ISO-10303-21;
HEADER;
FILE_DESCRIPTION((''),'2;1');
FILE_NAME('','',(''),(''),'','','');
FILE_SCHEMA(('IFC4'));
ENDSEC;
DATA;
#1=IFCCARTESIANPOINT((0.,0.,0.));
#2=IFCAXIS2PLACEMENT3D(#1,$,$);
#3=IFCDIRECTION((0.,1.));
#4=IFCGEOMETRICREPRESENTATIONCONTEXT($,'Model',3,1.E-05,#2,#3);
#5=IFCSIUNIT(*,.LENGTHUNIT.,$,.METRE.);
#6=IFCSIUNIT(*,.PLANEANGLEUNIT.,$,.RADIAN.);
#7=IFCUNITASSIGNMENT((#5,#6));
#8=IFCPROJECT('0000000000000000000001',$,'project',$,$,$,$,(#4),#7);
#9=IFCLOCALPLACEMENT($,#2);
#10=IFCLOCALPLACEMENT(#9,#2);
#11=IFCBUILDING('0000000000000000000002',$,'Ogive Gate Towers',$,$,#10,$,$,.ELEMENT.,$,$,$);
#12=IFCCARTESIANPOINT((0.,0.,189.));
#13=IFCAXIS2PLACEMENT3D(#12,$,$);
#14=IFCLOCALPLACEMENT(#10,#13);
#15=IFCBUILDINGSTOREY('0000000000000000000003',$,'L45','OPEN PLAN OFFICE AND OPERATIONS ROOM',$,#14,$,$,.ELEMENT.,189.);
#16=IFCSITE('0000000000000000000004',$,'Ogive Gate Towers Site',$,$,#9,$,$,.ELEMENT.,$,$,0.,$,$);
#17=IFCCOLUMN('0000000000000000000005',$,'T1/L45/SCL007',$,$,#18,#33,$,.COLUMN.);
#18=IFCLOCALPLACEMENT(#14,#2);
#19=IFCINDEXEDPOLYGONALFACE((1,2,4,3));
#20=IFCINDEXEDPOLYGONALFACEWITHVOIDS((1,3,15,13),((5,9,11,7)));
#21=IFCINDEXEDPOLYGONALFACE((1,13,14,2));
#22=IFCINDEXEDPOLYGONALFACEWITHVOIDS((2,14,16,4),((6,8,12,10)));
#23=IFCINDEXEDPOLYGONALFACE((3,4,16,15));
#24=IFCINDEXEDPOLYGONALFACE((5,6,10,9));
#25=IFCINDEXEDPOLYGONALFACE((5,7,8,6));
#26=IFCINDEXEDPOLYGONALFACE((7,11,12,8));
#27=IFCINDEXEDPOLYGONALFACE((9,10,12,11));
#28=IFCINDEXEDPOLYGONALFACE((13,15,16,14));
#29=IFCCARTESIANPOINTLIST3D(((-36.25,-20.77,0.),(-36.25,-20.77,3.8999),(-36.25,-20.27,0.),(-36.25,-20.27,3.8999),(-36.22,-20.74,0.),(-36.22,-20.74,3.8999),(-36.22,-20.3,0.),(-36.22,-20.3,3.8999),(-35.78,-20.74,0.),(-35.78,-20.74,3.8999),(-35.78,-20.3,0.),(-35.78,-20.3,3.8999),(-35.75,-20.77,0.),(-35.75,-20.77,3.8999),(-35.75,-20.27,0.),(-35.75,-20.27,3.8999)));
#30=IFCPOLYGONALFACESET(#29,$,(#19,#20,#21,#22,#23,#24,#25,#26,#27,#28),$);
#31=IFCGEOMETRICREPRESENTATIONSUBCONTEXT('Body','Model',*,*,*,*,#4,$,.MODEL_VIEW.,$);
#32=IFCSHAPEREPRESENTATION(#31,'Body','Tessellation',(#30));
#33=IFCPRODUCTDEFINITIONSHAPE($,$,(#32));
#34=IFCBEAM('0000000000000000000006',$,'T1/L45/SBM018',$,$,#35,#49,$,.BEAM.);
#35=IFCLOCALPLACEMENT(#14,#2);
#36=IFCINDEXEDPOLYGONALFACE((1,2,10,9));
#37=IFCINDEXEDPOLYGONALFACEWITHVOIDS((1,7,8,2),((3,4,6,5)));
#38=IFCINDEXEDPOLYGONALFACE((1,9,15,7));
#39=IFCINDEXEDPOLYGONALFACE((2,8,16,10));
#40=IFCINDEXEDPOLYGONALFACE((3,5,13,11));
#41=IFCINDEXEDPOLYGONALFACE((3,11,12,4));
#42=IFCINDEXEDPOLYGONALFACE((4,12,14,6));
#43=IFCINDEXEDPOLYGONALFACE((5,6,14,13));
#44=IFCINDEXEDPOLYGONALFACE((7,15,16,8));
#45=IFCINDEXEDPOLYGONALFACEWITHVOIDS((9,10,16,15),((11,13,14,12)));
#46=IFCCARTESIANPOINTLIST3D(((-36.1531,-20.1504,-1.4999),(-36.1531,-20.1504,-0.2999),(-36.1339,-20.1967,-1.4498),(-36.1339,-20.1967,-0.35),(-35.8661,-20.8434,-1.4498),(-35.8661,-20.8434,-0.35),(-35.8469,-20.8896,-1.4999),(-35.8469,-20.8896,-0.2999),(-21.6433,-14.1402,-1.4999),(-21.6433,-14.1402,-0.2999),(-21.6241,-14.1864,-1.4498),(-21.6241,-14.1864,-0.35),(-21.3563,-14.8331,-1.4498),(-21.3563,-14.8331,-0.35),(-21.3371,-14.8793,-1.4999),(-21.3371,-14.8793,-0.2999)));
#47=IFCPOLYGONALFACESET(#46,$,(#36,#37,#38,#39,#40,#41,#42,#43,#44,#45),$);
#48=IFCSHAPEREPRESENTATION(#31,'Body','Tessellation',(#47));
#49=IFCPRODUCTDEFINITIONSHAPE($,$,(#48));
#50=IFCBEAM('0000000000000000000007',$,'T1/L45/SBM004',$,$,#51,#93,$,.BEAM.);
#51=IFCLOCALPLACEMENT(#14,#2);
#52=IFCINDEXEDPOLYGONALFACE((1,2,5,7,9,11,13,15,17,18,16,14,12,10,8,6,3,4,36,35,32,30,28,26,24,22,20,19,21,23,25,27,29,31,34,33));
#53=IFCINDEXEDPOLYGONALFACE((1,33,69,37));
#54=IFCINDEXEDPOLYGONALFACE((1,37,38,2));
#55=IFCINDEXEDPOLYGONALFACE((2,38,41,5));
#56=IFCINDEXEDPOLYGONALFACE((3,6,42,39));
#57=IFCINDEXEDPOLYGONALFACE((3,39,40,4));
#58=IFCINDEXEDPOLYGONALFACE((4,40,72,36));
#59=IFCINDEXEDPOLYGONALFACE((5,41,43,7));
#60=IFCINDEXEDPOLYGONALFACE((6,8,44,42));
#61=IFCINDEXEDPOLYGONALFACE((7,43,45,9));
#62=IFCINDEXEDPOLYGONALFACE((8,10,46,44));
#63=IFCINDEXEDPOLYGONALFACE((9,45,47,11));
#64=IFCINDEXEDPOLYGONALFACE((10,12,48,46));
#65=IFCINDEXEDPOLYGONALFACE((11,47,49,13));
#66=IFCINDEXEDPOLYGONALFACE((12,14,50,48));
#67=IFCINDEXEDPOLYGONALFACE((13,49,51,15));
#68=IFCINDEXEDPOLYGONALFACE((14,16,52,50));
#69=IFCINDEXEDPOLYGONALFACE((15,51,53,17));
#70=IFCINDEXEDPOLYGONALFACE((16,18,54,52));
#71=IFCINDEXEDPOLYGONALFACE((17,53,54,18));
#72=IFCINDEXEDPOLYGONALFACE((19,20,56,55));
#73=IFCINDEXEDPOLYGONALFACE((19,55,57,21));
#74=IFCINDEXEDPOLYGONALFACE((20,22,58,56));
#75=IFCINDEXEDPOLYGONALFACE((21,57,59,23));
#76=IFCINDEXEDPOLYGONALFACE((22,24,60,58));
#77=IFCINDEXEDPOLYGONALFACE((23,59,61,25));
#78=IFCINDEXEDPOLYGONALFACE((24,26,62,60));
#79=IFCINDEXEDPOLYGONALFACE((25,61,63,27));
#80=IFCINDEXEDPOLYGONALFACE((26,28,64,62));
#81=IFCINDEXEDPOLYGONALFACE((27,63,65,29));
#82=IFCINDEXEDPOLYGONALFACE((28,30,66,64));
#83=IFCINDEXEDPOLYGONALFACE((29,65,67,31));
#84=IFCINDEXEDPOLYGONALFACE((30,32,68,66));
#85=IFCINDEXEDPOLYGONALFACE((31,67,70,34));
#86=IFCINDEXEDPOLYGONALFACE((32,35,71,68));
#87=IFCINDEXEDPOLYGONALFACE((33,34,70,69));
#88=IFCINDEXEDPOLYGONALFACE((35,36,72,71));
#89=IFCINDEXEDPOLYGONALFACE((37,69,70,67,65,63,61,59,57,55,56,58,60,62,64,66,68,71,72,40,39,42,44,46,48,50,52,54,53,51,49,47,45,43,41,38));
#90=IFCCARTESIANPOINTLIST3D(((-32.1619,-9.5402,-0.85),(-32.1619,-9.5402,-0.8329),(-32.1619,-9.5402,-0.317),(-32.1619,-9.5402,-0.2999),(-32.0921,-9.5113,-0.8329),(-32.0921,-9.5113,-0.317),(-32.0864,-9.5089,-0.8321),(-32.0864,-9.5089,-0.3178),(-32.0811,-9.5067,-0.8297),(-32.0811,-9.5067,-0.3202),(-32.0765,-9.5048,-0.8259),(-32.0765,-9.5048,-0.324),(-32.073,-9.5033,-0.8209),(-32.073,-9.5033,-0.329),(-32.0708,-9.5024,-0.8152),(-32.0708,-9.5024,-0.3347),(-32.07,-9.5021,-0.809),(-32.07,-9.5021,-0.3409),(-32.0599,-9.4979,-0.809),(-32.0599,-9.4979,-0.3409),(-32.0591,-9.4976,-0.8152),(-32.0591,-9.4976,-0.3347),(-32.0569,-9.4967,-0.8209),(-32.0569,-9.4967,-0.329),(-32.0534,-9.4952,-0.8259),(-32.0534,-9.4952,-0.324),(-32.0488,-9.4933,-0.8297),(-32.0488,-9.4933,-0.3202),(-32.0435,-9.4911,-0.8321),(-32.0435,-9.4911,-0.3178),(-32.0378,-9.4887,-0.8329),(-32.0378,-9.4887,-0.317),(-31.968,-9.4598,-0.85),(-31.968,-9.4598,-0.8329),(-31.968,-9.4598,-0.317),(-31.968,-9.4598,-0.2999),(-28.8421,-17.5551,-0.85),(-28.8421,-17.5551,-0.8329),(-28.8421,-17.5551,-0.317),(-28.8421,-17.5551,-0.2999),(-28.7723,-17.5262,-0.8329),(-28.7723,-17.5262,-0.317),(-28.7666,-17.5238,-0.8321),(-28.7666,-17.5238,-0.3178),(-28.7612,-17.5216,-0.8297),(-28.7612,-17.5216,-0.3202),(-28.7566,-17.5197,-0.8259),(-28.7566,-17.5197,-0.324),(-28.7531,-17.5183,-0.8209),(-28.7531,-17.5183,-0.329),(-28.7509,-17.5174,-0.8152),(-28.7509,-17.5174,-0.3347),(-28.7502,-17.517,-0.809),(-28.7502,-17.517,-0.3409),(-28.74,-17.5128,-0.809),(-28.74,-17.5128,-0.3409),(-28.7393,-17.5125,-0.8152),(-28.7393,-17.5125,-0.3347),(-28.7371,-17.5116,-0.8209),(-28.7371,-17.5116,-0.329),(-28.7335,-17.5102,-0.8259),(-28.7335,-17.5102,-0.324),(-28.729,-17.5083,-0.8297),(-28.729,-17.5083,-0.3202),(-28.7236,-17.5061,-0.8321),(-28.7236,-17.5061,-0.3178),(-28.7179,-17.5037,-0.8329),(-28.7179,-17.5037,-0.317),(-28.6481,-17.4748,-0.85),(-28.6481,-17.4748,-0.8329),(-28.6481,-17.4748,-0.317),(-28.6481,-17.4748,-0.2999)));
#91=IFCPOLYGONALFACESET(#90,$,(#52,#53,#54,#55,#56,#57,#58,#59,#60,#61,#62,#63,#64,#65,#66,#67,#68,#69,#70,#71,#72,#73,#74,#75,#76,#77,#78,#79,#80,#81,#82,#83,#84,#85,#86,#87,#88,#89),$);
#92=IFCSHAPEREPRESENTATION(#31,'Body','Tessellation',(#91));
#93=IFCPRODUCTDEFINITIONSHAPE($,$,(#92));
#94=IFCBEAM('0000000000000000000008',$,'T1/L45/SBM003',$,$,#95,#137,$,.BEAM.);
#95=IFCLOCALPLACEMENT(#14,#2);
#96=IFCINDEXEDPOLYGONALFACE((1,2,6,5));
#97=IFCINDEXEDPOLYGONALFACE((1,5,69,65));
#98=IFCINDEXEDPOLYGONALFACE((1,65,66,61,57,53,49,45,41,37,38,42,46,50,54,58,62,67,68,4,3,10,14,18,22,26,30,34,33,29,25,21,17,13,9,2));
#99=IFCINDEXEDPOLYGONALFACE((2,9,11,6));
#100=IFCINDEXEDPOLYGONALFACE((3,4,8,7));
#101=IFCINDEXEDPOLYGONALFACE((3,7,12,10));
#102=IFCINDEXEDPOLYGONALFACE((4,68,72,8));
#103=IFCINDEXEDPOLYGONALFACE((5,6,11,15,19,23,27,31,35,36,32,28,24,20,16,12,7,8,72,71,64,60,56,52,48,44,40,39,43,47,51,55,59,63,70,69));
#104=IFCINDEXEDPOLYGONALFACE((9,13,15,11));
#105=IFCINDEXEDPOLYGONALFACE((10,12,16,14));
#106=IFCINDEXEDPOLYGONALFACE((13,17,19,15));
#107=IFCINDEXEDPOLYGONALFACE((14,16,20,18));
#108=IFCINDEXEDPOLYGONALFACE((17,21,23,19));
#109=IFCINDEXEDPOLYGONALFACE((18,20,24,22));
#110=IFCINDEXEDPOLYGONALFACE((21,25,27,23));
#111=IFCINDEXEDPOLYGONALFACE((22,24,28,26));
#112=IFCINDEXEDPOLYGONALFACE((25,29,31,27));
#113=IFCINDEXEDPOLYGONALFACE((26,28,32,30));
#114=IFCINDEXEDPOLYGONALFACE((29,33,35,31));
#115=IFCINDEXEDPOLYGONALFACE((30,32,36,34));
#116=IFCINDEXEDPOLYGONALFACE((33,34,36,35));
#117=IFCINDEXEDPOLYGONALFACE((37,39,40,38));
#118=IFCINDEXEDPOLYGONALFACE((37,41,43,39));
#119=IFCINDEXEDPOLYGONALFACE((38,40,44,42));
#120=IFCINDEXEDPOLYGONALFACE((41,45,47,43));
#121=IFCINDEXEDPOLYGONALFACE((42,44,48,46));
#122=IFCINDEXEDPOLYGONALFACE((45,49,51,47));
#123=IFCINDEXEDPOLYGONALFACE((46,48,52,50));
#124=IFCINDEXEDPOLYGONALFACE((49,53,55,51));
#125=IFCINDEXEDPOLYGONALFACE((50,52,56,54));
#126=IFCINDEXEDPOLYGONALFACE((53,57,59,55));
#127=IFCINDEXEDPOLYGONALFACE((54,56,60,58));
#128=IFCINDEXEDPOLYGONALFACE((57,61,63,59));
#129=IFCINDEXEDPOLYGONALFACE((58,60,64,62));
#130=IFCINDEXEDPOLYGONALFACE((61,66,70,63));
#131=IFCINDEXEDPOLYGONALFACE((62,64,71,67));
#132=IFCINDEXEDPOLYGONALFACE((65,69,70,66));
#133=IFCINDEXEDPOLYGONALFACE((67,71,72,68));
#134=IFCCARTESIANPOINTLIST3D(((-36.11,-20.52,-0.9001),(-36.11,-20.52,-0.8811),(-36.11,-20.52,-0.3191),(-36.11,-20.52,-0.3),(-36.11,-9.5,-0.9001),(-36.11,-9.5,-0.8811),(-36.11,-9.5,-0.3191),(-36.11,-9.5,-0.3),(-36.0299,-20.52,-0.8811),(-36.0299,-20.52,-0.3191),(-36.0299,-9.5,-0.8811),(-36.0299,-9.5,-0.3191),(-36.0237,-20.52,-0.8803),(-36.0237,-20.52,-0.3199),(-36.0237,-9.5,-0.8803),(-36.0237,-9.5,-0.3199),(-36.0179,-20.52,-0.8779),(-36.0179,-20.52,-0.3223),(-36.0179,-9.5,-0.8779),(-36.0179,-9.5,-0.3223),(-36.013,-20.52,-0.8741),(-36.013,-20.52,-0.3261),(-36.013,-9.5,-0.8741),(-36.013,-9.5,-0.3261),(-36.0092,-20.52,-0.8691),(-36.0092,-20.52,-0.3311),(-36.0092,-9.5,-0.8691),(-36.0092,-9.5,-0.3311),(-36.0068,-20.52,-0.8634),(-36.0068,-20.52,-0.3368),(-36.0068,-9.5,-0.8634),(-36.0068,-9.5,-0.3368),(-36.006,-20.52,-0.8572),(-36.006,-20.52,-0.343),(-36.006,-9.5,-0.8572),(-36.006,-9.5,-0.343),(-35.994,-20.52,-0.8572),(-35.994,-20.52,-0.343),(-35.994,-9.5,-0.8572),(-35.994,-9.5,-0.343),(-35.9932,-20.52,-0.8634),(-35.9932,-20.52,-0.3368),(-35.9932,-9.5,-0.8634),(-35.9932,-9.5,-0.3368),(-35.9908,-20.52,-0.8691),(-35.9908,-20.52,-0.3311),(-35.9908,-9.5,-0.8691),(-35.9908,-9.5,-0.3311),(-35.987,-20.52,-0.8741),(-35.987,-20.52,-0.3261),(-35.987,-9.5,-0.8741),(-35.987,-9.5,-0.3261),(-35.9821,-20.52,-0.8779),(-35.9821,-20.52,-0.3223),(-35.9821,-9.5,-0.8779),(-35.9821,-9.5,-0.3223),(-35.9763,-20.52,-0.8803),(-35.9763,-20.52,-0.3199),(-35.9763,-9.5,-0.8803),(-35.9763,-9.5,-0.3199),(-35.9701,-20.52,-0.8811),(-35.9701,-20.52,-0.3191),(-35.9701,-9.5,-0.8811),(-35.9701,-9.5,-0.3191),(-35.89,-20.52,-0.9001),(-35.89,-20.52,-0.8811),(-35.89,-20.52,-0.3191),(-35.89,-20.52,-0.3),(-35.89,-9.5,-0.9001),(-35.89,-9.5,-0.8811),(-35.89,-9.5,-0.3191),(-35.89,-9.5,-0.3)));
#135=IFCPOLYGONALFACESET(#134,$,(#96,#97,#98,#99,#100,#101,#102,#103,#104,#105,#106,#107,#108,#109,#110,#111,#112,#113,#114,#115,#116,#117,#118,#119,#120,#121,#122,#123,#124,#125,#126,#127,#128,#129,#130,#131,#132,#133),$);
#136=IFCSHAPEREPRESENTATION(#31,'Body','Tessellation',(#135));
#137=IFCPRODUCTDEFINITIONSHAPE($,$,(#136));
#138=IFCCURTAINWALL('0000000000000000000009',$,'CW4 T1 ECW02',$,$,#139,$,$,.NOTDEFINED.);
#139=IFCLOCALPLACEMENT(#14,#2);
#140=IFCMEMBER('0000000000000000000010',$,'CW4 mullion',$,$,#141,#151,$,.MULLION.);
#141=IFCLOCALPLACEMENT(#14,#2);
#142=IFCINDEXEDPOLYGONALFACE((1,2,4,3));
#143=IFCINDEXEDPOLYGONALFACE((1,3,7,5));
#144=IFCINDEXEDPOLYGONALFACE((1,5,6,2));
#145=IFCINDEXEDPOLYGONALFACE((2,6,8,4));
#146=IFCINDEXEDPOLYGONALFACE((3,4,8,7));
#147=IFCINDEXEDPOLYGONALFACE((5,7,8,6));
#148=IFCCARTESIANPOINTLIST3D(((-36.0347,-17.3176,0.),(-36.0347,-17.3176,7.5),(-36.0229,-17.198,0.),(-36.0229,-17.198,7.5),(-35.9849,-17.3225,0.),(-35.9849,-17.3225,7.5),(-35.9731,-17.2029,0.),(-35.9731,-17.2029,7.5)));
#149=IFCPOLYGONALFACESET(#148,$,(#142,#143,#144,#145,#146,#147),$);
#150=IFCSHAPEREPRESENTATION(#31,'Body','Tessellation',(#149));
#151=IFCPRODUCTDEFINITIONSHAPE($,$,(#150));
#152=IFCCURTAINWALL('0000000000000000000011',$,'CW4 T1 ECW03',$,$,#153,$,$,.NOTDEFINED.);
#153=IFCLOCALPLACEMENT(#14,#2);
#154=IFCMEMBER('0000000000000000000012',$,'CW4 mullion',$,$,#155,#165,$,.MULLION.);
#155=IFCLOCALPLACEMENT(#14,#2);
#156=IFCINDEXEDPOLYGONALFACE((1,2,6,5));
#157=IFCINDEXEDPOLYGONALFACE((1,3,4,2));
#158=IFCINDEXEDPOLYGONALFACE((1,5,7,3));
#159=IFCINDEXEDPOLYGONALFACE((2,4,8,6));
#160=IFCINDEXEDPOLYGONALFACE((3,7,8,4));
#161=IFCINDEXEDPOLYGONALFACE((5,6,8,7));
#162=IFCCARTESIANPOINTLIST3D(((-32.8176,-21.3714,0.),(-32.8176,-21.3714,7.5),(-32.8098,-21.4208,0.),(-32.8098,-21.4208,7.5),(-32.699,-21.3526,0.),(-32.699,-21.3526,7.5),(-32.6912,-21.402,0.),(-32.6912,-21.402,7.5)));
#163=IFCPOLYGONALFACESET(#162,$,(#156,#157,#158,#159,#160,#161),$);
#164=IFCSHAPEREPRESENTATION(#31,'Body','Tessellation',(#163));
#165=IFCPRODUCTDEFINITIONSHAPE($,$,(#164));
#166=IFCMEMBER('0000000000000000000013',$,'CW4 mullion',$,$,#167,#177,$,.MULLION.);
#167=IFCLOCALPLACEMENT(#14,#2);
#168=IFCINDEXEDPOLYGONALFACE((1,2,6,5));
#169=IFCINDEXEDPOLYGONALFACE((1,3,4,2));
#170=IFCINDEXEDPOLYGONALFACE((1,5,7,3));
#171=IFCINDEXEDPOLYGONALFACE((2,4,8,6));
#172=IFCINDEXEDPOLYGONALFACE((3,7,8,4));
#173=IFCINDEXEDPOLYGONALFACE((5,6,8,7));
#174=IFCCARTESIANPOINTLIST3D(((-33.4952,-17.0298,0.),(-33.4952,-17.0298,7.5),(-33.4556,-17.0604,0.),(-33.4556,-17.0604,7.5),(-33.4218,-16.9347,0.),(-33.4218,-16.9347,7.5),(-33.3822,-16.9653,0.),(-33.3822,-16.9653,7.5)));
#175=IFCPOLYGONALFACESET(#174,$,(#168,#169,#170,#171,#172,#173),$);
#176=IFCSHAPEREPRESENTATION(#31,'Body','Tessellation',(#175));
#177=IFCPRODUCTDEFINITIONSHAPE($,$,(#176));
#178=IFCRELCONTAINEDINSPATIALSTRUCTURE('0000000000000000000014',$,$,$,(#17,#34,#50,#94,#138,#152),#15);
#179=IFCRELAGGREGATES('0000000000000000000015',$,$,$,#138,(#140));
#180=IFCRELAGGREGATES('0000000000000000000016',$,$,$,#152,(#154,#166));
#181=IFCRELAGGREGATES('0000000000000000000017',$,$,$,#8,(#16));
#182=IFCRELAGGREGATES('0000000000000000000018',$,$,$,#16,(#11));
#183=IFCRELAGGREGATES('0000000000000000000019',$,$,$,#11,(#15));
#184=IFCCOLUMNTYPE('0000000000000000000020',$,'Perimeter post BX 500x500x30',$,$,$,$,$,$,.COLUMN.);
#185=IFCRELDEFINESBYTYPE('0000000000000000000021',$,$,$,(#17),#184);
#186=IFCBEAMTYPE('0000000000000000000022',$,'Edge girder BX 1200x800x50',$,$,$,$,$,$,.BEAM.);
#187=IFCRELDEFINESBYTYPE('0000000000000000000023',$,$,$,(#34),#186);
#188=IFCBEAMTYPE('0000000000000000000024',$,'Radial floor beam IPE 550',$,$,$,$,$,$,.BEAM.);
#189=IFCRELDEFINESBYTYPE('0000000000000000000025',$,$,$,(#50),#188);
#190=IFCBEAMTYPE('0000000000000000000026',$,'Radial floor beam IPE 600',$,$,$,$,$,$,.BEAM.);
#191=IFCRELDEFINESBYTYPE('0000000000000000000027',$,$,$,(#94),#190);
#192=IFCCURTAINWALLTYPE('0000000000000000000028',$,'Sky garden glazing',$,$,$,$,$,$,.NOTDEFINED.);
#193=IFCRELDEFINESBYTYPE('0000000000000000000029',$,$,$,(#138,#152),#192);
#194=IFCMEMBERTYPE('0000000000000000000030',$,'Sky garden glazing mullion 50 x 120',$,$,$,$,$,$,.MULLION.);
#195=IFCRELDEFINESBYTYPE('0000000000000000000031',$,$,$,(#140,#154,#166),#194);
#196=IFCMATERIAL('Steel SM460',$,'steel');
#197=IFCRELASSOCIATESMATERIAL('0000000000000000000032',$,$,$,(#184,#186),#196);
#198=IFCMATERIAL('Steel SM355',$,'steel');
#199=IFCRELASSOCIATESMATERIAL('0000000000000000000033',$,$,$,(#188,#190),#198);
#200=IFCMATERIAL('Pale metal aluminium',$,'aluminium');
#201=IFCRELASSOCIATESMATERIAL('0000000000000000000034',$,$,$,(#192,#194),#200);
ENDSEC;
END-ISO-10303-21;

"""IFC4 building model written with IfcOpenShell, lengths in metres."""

from ifc_helpers import new_model, si_unit, direction, frame, origin, origin_2d, place, context, subcontext, project, spatial, rectangle, hollow_rectangle, i_section, extrude, material, material_profile, profile_set, type_object, element, aggregate, save


model = new_model("IFC4")

# Units and contexts
model_context = context("Model", 3, precision=1e-05, world=origin(), true_north=direction((0.0, 1.0)))
body_context = subcontext(model_context, "Body", "Model", "MODEL_VIEW")
ifc_project = project(units=[si_unit("LENGTHUNIT", "METRE"), si_unit("PLANEANGLEUNIT", "RADIAN")], contexts=[model_context])

# Site, building, storey
site_placement = place(None, origin())
site = spatial("IfcSite", under=ifc_project, at=site_placement, Name="Ogive Gate Towers Site", CompositionType="ELEMENT", RefElevation=0.0)
building_placement = place(site_placement, origin())
building = spatial("IfcBuilding", under=site, at=building_placement, Name="Ogive Gate Towers", CompositionType="ELEMENT")
storey_placement = place(building_placement, frame((0.0, 0.0, 189.0)))
storey = spatial("IfcBuildingStorey", under=building, at=storey_placement, Name="L45", Description="OPEN PLAN OFFICE AND OPERATIONS ROOM", CompositionType="ELEMENT", Elevation=189.0)

# Column
ifc_material_1 = material(Name="Steel SM460", Category="steel")
ifc_material_profile_1 = material_profile(ifc_material_1, hollow_rectangle(XDim=0.5, YDim=0.5, WallThickness=0.03, at=origin_2d()), Name="BX 500x500x30")
ifc_profile_set_1 = profile_set([ifc_material_profile_1], Name="Steel SM460")
column_type = type_object("IfcColumnType", Name="Perimeter post BX 500x500x30", PredefinedType="COLUMN", material=ifc_profile_set_1)
column_placement = place(storey_placement, frame((-36.0, -20.52, 0.0), z_axis=(0.0, 0.0, 1.0), x_axis=(1.0, 0.0, 0.0)))
element("IfcColumn", 1, at=column_placement, inside=storey, type_object=column_type, Name="T1/L45/SCL007", PredefinedType="COLUMN", context=body_context, shape_type="SweptSolid", body=[
    extrude(hollow_rectangle(XDim=0.5, YDim=0.5, WallThickness=0.03, at=origin_2d()), origin(), (0.0, 0.0, 1.0), 3.8999),
])

# Beams
ifc_material_profile_2 = material_profile(ifc_material_1, hollow_rectangle(XDim=0.8, YDim=1.2, WallThickness=0.05, at=origin_2d()), Name="BX 1200x800x50")
ifc_profile_set_2 = profile_set([ifc_material_profile_2], Name="Steel SM460")
beam_type_1 = type_object("IfcBeamType", Name="Edge girder BX 1200x800x50", PredefinedType="BEAM", material=ifc_profile_set_2)
beam_1_placement = place(storey_placement, frame((-36.0, -20.52, -0.8999), z_axis=(0.923877, 0.38269, 0.0), x_axis=(-0.38269, 0.923877, 0.0)))
element("IfcBeam", 2, at=beam_1_placement, inside=storey, type_object=beam_type_1, Name="T1/L45/SBM018", PredefinedType="BEAM", context=body_context, shape_type="SweptSolid", body=[
    extrude(hollow_rectangle(XDim=0.8, YDim=1.2, WallThickness=0.05, at=origin_2d()), origin(), (0.0, 0.0, 1.0), 15.7053),
])
ifc_material_2 = material(Name="Steel SM355", Category="steel")
ifc_material_profile_3 = material_profile(ifc_material_2, i_section(OverallWidth=0.21, OverallDepth=0.55, WebThickness=0.011, FlangeThickness=0.0171, FilletRadius=0.0239, at=origin_2d()), Name="IPE 550")
ifc_profile_set_3 = profile_set([ifc_material_profile_3], Name="Steel SM355")
beam_type_2 = type_object("IfcBeamType", Name="Radial floor beam IPE 550", PredefinedType="BEAM", material=ifc_profile_set_3)
beam_2_placement = place(storey_placement, frame((-32.0649, -9.5, -0.575), z_axis=(0.382678, -0.923882, 0.0), x_axis=(0.923882, 0.382678, 0.0)))
element("IfcBeam", 3, at=beam_2_placement, inside=storey, type_object=beam_type_2, Name="T1/L45/SBM004", PredefinedType="BEAM", context=body_context, shape_type="SweptSolid", body=[
    extrude(i_section(OverallWidth=0.21, OverallDepth=0.55, WebThickness=0.011, FlangeThickness=0.0171, FilletRadius=0.0239, at=origin_2d()), origin(), (0.0, 0.0, 1.0), 8.6753),
])
ifc_material_profile_4 = material_profile(ifc_material_2, i_section(OverallWidth=0.22, OverallDepth=0.6001, WebThickness=0.012, FlangeThickness=0.019, FilletRadius=0.0239, at=origin_2d()), Name="IPE 600")
ifc_profile_set_4 = profile_set([ifc_material_profile_4], Name="Steel SM355")
beam_type_3 = type_object("IfcBeamType", Name="Radial floor beam IPE 600", PredefinedType="BEAM", material=ifc_profile_set_4)
beam_3_placement = place(storey_placement, frame((-36.0, -9.5, -0.6001), z_axis=(0.0, -1.0, 0.0), x_axis=(1.0, 0.0, 0.0)))
element("IfcBeam", 4, at=beam_3_placement, inside=storey, type_object=beam_type_3, Name="T1/L45/SBM003", PredefinedType="BEAM", context=body_context, shape_type="SweptSolid", body=[
    extrude(i_section(OverallWidth=0.22, OverallDepth=0.6001, WebThickness=0.012, FlangeThickness=0.019, FilletRadius=0.0239, at=origin_2d()), origin(), (0.0, 0.0, 1.0), 11.02),
])

# Curtain wall, member
ifc_material_3 = material(Name="Pale metal aluminium", Category="aluminium")
curtain_wall_type_1 = type_object("IfcCurtainWallType", Name="Sky garden glazing", PredefinedType="NOTDEFINED", material=ifc_material_3)
curtain_wall_1_placement = place(storey_placement, origin())
curtain_wall_1 = element("IfcCurtainWall", 5, at=curtain_wall_1_placement, inside=storey, type_object=curtain_wall_type_1, Name="CW4 T1 ECW02", PredefinedType="NOTDEFINED")
ifc_material_profile_5 = material_profile(ifc_material_3, rectangle(XDim=0.1201, YDim=0.05, at=origin_2d()), Name="50 x 120 aluminium box")
ifc_profile_set_5 = profile_set([ifc_material_profile_5], Name="Pale metal aluminium")
member_type_1 = type_object("IfcMemberType", Name="Sky garden glazing mullion 50 x 120", PredefinedType="MULLION", material=ifc_profile_set_5)
member_1_placement = place(storey_placement, frame((-36.0039, -17.2603, 0.0), z_axis=(0.0, 0.0, 1.0), x_axis=(0.098017, 0.995185, 0.0)))
member_1 = element("IfcMember", 6, at=member_1_placement, type_object=member_type_1, Name="CW4 mullion", PredefinedType="MULLION", context=body_context, shape_type="SweptSolid", body=[
    extrude(rectangle(XDim=0.1201, YDim=0.05, at=origin_2d()), origin(), (0.0, 0.0, 1.0), 7.5),
])

# Curtain wall, members
curtain_wall_2_placement = place(storey_placement, origin())
curtain_wall_2 = element("IfcCurtainWall", 7, at=curtain_wall_2_placement, inside=storey, type_object=curtain_wall_type_1, Name="CW4 T1 ECW03", PredefinedType="NOTDEFINED")
member_2_placement = place(storey_placement, frame((-32.7544, -21.3867, 0.0), z_axis=(0.0, 0.0, 1.0), x_axis=(0.987688, 0.156434, 0.0)))
member_2 = element("IfcMember", 8, at=member_2_placement, type_object=member_type_1, Name="CW4 mullion", PredefinedType="MULLION", context=body_context, shape_type="SweptSolid", body=[
    extrude(rectangle(XDim=0.1201, YDim=0.05, at=origin_2d()), origin(), (0.0, 0.0, 1.0), 7.5),
])
member_3_placement = place(storey_placement, frame((-33.4387, -16.9976, 0.0), z_axis=(0.0, 0.0, 1.0), x_axis=(0.611361, 0.791352, 0.0)))
member_3 = element("IfcMember", 9, at=member_3_placement, type_object=member_type_1, Name="CW4 mullion", PredefinedType="MULLION", context=body_context, shape_type="SweptSolid", body=[
    extrude(rectangle(XDim=0.1201, YDim=0.05, at=origin_2d()), origin(), (0.0, 0.0, 1.0), 7.5),
])

aggregate(curtain_wall_1, [member_1])

aggregate(curtain_wall_2, [member_2, member_3])

save(model, "model.ifc")
